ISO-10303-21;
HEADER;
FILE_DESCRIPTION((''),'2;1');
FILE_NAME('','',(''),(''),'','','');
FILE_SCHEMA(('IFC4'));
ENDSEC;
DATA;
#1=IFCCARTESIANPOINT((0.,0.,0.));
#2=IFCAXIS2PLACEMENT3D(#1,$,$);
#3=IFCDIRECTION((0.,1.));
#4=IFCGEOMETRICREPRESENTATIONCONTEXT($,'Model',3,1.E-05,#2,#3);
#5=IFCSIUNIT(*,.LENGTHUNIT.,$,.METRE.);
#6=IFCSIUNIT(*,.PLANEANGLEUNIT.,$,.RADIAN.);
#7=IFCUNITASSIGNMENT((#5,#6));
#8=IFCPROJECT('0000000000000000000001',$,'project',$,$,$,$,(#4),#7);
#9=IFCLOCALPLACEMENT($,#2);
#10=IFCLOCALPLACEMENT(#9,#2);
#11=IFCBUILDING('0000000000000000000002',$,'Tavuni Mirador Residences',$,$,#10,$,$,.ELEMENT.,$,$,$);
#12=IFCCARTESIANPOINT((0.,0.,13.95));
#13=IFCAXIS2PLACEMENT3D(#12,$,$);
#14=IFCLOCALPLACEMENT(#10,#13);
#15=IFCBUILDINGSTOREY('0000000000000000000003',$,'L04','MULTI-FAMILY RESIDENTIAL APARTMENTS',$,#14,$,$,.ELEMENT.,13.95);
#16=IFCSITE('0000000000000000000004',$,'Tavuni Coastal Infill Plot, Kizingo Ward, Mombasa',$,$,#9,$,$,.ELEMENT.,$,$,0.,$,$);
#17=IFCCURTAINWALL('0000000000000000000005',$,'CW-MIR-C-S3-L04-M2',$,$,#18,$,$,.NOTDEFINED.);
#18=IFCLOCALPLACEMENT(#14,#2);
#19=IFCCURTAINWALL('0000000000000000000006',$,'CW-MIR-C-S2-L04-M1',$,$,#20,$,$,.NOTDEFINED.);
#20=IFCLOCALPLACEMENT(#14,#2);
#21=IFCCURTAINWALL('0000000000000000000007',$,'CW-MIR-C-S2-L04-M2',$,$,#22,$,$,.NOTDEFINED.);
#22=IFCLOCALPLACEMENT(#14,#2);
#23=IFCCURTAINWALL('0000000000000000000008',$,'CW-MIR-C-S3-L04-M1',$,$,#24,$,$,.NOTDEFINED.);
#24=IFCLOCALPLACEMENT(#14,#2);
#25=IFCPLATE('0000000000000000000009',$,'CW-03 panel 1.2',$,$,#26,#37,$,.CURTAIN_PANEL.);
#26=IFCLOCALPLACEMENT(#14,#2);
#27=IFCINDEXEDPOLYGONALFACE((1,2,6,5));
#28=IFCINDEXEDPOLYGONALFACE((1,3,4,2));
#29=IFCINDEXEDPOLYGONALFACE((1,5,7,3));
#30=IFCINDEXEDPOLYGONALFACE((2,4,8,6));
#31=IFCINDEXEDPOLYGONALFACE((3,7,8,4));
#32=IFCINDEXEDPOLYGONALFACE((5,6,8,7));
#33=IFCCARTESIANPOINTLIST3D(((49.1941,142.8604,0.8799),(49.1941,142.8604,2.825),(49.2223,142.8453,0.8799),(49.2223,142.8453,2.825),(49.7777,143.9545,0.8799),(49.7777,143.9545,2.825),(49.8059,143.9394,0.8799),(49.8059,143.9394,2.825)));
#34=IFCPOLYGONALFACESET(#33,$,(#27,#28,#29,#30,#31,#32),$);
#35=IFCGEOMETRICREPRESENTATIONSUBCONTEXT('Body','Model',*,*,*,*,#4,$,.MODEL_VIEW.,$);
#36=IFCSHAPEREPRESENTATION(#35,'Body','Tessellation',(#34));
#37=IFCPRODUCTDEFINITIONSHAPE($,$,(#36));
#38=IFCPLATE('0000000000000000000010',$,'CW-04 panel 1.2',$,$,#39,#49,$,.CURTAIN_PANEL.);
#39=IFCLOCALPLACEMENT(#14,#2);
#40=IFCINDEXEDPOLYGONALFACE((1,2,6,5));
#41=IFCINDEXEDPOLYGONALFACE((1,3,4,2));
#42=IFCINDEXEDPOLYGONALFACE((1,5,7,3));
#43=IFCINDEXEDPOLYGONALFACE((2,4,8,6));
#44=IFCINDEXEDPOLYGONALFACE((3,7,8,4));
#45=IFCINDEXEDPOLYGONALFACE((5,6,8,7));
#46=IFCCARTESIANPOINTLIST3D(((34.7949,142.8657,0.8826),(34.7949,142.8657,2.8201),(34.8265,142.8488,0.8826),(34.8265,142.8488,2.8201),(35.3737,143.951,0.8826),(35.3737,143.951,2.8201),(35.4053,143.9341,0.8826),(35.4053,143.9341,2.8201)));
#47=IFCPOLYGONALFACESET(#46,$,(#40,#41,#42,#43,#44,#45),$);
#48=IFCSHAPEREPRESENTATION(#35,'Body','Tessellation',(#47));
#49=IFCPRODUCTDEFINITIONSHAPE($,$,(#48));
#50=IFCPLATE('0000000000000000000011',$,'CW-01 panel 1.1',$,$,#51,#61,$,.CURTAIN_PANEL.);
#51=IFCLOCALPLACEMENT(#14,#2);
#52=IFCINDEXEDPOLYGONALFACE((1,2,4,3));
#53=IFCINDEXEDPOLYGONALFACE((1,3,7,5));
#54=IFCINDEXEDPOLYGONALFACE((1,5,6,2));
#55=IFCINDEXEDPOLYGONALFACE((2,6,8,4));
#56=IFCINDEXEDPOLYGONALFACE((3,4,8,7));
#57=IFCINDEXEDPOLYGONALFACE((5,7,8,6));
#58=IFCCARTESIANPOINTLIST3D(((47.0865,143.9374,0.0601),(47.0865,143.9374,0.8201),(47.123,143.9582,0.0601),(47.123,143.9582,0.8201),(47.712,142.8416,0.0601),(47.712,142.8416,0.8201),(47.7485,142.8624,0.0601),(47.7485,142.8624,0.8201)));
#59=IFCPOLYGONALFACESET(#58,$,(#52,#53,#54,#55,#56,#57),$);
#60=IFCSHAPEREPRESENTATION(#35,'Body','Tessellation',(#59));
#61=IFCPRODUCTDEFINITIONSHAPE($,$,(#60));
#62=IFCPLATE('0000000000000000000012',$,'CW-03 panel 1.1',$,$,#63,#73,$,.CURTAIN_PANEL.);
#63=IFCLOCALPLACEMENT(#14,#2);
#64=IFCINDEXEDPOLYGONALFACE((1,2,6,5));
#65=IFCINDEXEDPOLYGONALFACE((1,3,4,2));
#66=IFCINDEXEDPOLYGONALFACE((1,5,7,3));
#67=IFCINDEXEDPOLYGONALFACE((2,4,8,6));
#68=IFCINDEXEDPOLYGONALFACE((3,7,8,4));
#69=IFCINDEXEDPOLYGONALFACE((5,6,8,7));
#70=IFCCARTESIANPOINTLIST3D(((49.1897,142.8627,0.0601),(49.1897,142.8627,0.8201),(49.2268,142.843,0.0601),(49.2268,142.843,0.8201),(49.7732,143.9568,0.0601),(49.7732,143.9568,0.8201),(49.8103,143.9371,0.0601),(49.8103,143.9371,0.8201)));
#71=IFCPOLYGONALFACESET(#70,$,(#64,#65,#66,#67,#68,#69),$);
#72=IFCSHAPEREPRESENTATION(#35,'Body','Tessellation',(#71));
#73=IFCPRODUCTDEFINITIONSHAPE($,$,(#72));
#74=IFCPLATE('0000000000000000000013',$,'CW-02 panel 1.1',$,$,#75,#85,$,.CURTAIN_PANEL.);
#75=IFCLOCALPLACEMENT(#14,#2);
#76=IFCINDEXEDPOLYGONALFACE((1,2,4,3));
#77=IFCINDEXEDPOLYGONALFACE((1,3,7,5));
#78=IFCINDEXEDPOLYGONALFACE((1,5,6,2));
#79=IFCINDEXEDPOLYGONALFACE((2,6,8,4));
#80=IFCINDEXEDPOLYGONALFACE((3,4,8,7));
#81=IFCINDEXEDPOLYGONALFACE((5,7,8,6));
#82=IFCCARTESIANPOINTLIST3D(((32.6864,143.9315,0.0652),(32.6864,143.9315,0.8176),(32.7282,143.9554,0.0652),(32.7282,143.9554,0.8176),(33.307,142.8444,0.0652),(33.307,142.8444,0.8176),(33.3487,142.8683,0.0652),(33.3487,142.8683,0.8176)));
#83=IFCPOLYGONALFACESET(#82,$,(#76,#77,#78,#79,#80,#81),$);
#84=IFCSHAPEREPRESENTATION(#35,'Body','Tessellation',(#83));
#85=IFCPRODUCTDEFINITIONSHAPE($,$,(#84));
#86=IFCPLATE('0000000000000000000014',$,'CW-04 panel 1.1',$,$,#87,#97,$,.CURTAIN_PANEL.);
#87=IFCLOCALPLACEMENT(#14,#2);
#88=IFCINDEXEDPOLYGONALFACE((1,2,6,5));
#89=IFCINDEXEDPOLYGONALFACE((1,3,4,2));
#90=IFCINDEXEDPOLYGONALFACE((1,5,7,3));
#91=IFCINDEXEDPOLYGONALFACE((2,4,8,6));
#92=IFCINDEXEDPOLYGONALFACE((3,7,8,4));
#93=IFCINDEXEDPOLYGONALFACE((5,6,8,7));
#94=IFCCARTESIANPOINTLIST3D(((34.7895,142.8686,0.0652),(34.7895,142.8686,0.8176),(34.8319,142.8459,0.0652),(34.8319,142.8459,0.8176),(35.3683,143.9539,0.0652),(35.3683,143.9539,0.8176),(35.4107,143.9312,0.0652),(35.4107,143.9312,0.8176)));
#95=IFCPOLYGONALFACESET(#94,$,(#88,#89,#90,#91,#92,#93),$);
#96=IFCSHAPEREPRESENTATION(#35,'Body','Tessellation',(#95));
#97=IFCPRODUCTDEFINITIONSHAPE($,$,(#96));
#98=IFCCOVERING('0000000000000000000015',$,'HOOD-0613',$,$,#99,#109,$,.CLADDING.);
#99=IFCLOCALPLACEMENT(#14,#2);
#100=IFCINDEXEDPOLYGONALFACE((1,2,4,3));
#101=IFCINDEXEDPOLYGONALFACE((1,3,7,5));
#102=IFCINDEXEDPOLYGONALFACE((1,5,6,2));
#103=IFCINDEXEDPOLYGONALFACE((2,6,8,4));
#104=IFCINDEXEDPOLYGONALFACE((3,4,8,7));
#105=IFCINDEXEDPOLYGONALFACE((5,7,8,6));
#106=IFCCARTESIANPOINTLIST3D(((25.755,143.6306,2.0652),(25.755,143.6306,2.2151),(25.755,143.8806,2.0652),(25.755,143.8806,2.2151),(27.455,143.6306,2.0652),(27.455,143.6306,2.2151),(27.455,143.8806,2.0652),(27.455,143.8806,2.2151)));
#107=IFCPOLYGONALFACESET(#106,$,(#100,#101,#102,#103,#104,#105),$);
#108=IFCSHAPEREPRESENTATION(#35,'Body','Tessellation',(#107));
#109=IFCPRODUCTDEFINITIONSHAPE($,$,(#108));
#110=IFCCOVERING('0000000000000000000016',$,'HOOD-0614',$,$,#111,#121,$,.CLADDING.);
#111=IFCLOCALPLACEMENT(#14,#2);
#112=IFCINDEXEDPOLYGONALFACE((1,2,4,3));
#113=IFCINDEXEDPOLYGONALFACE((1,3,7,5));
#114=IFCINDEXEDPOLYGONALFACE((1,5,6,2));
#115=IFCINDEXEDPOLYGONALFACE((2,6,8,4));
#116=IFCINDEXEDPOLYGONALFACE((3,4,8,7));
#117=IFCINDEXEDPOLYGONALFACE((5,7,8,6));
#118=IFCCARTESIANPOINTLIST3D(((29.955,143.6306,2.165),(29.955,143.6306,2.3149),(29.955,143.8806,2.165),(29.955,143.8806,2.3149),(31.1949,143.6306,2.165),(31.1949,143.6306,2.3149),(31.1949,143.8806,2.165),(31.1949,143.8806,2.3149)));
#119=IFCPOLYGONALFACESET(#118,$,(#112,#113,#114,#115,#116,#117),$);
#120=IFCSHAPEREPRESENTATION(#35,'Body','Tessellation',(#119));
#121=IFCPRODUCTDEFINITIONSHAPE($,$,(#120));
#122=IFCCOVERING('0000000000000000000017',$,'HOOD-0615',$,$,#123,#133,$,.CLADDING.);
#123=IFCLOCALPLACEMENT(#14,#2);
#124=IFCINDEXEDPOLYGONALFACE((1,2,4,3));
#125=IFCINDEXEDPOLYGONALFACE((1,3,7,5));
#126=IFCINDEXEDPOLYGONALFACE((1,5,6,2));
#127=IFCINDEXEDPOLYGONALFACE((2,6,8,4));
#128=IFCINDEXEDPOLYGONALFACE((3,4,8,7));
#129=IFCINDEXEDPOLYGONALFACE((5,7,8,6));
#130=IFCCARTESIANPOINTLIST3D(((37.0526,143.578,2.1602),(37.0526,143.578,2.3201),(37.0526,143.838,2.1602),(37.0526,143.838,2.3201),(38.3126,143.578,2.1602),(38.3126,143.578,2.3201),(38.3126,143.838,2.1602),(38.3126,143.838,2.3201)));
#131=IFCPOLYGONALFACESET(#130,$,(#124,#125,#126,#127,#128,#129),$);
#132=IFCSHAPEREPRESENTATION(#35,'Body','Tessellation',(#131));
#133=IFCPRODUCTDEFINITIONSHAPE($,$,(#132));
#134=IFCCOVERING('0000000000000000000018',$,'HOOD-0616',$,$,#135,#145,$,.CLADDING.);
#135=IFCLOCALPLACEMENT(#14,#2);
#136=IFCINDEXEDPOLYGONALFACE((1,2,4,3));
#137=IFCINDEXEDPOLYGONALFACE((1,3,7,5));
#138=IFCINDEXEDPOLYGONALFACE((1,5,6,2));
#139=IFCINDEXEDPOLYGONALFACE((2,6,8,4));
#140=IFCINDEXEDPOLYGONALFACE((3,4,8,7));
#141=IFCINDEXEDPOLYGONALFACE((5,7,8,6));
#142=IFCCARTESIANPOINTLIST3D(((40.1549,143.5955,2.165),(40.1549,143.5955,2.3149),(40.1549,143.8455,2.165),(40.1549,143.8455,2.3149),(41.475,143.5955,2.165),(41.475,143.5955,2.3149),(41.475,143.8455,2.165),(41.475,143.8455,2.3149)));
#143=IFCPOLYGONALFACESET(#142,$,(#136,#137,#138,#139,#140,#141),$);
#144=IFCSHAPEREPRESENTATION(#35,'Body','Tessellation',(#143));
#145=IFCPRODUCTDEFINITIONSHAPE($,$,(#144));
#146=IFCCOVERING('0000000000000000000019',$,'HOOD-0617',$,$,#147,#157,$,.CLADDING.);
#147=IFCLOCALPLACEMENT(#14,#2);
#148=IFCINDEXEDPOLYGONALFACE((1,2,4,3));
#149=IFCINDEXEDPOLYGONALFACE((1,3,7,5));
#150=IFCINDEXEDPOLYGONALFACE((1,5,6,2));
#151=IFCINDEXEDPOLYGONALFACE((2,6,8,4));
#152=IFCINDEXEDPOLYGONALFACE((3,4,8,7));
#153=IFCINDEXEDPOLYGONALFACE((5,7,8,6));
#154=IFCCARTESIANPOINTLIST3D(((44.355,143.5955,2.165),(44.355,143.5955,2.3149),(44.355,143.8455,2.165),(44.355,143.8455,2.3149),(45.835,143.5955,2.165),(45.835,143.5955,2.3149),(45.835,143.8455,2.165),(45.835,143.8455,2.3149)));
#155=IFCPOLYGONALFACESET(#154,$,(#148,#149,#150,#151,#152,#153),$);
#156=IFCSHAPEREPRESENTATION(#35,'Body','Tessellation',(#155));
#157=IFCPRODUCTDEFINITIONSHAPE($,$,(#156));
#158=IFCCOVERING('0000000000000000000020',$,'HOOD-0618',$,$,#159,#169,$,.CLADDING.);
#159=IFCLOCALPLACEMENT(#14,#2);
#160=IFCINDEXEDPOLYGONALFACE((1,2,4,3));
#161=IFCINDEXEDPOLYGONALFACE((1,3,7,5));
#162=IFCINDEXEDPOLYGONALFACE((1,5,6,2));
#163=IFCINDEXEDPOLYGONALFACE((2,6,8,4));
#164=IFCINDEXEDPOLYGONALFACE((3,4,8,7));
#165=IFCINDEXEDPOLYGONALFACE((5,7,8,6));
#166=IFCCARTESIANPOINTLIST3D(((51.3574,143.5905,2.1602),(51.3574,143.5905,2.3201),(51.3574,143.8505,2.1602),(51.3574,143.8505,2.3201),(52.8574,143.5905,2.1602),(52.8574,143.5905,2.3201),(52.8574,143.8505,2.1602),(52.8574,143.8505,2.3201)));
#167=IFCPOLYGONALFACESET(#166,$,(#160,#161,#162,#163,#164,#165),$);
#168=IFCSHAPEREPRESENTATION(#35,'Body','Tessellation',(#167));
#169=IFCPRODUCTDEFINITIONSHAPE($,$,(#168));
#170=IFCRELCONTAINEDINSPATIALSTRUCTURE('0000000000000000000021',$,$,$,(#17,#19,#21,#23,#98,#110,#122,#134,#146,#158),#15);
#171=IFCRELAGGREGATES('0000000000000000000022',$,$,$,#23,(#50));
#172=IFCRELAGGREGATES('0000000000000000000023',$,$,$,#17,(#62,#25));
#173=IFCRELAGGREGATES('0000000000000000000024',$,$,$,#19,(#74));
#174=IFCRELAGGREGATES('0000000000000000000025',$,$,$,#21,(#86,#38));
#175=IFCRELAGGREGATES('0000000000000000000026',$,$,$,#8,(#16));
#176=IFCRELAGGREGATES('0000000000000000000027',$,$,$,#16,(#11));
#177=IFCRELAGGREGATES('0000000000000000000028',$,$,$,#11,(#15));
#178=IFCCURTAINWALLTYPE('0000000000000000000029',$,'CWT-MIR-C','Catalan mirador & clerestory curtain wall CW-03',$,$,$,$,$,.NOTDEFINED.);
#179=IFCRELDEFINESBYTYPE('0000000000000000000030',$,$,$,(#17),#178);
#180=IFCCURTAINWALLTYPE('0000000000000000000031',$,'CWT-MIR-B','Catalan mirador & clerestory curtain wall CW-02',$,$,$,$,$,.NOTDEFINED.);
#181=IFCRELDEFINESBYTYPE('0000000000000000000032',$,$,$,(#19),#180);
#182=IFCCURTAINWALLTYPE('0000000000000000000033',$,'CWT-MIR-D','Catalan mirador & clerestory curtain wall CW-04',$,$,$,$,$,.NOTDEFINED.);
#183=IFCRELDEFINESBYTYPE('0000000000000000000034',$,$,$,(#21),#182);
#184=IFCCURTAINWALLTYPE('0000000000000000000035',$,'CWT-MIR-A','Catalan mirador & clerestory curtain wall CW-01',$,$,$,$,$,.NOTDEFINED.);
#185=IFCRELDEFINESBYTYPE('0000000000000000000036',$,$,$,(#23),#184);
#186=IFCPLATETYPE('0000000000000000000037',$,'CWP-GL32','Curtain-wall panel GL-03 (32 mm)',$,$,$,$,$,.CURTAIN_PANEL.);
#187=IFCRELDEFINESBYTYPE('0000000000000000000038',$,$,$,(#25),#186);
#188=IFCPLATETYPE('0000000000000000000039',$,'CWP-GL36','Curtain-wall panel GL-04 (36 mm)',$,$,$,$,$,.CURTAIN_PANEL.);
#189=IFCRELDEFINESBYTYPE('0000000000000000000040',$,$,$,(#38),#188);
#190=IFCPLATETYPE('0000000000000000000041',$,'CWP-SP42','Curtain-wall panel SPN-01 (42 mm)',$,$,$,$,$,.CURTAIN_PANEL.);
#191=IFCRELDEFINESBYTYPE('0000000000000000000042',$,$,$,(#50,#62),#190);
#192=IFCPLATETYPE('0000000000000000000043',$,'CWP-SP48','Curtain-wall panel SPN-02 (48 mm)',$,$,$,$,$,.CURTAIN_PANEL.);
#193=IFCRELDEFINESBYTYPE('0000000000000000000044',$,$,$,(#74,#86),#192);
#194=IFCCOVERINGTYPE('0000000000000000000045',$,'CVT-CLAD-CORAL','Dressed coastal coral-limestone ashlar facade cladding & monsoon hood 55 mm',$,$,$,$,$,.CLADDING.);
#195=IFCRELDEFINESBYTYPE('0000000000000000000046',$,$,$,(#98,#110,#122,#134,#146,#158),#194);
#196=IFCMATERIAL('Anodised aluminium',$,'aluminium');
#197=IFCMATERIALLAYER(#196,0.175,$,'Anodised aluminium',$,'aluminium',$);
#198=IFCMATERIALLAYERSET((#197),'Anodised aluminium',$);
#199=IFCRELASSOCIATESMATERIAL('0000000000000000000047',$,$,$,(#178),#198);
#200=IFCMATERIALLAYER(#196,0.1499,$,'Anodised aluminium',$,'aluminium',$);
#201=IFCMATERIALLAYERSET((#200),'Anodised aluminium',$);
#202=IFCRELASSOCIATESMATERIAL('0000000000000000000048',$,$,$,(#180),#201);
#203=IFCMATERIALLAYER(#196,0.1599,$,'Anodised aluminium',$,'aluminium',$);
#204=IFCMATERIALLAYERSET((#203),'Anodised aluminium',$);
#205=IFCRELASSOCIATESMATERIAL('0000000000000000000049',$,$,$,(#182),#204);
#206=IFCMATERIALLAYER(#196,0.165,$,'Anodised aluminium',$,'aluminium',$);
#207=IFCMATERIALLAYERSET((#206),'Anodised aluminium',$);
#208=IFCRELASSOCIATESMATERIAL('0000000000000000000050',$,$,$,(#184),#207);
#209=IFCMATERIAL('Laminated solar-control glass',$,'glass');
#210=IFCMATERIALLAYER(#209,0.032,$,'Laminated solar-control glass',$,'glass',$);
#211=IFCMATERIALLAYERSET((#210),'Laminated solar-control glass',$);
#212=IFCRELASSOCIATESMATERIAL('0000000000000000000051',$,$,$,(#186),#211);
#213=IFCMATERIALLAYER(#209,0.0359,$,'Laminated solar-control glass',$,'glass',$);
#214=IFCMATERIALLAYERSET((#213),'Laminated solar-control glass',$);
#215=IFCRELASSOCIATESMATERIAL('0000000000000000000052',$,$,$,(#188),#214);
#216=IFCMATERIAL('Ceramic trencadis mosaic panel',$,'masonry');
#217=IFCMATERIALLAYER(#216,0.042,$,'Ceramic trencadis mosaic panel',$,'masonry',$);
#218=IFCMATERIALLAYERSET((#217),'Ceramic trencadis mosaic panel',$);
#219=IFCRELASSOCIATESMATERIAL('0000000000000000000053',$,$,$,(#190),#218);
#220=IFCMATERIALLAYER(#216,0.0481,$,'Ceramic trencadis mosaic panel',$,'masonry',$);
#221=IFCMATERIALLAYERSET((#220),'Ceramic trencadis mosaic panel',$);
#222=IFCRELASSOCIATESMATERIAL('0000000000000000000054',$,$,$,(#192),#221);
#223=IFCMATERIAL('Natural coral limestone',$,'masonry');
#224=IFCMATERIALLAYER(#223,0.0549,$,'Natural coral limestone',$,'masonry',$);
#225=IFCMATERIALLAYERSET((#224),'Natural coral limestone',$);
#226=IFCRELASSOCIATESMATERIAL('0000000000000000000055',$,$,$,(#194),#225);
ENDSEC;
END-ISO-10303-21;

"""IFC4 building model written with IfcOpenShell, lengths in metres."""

from ifc_helpers import new_model, si_unit, direction, frame, origin, origin_2d, place, context, subcontext, project, spatial, rectangle, extrude, material, layer, layer_set, type_object, element, aggregate, save


model = new_model("IFC4")

# Units and contexts
model_context = context("Model", 3, precision=1e-05, world=origin(), true_north=direction((0.0, 1.0)))
body_context = subcontext(model_context, "Body", "Model", "MODEL_VIEW")
ifc_project = project(units=[si_unit("LENGTHUNIT", "METRE"), si_unit("PLANEANGLEUNIT", "RADIAN")], contexts=[model_context])

# Site, building, storey
site_placement = place(None, origin())
site = spatial("IfcSite", under=ifc_project, at=site_placement, Name="Tavuni Coastal Infill Plot, Kizingo Ward, Mombasa", CompositionType="ELEMENT", RefElevation=0.0)
building_placement = place(site_placement, origin())
building = spatial("IfcBuilding", under=site, at=building_placement, Name="Tavuni Mirador Residences", CompositionType="ELEMENT")
storey_placement = place(building_placement, frame((0.0, 0.0, 13.95)))
storey = spatial("IfcBuildingStorey", under=building, at=storey_placement, Name="L04", Description="MULTI-FAMILY RESIDENTIAL APARTMENTS", CompositionType="ELEMENT", Elevation=13.95)

# Curtain walls
ifc_material_1 = material(Name="Anodised aluminium", Category="aluminium")
ifc_layer_1 = layer(ifc_material_1, 0.175, Name="Anodised aluminium", Category="aluminium")
ifc_layer_set_1 = layer_set([ifc_layer_1], Name="Anodised aluminium")
curtain_wall_type_1 = type_object("IfcCurtainWallType", Name="CWT-MIR-C", Description="Catalan mirador & clerestory curtain wall CW-03", PredefinedType="NOTDEFINED", material=ifc_layer_set_1)
curtain_wall_1_placement = place(storey_placement, origin())
curtain_wall_1 = element("IfcCurtainWall", 1, at=curtain_wall_1_placement, inside=storey, type_object=curtain_wall_type_1, Name="CW-MIR-C-S3-L04-M2", PredefinedType="NOTDEFINED")
ifc_layer_2 = layer(ifc_material_1, 0.1499, Name="Anodised aluminium", Category="aluminium")
ifc_layer_set_2 = layer_set([ifc_layer_2], Name="Anodised aluminium")
curtain_wall_type_2 = type_object("IfcCurtainWallType", Name="CWT-MIR-B", Description="Catalan mirador & clerestory curtain wall CW-02", PredefinedType="NOTDEFINED", material=ifc_layer_set_2)
curtain_wall_2_placement = place(storey_placement, origin())
curtain_wall_2 = element("IfcCurtainWall", 2, at=curtain_wall_2_placement, inside=storey, type_object=curtain_wall_type_2, Name="CW-MIR-C-S2-L04-M1", PredefinedType="NOTDEFINED")
ifc_layer_3 = layer(ifc_material_1, 0.1599, Name="Anodised aluminium", Category="aluminium")
ifc_layer_set_3 = layer_set([ifc_layer_3], Name="Anodised aluminium")
curtain_wall_type_3 = type_object("IfcCurtainWallType", Name="CWT-MIR-D", Description="Catalan mirador & clerestory curtain wall CW-04", PredefinedType="NOTDEFINED", material=ifc_layer_set_3)
curtain_wall_3_placement = place(storey_placement, origin())
curtain_wall_3 = element("IfcCurtainWall", 3, at=curtain_wall_3_placement, inside=storey, type_object=curtain_wall_type_3, Name="CW-MIR-C-S2-L04-M2", PredefinedType="NOTDEFINED")

# Curtain wall
ifc_layer_4 = layer(ifc_material_1, 0.165, Name="Anodised aluminium", Category="aluminium")
ifc_layer_set_4 = layer_set([ifc_layer_4], Name="Anodised aluminium")
curtain_wall_type_4 = type_object("IfcCurtainWallType", Name="CWT-MIR-A", Description="Catalan mirador & clerestory curtain wall CW-01", PredefinedType="NOTDEFINED", material=ifc_layer_set_4)
curtain_wall_4_placement = place(storey_placement, origin())
curtain_wall_4 = element("IfcCurtainWall", 4, at=curtain_wall_4_placement, inside=storey, type_object=curtain_wall_type_4, Name="CW-MIR-C-S3-L04-M1", PredefinedType="NOTDEFINED")
ifc_material_2 = material(Name="Laminated solar-control glass", Category="glass")

# Plates
ifc_layer_5 = layer(ifc_material_2, 0.032, Name="Laminated solar-control glass", Category="glass")
ifc_layer_set_5 = layer_set([ifc_layer_5], Name="Laminated solar-control glass")
plate_type_1 = type_object("IfcPlateType", Name="CWP-GL32", Description="Curtain-wall panel GL-03 (32 mm)", PredefinedType="CURTAIN_PANEL", material=ifc_layer_set_5)
plate_1_placement = place(storey_placement, frame((49.5, 143.3999, 0.8799), z_axis=(0.0, 0.0, 1.0), x_axis=(0.470588, 0.882353, 0.0)))
plate_1 = element("IfcPlate", 5, at=plate_1_placement, type_object=plate_type_1, Name="CW-03 panel 1.2", PredefinedType="CURTAIN_PANEL", context=body_context, shape_type="SweptSolid", body=[
    extrude(rectangle(XDim=1.24, YDim=0.032, at=origin_2d()), origin(), (0.0, 0.0, 1.0), 1.9451),
])
ifc_layer_6 = layer(ifc_material_2, 0.0359, Name="Laminated solar-control glass", Category="glass")
ifc_layer_set_6 = layer_set([ifc_layer_6], Name="Laminated solar-control glass")
plate_type_2 = type_object("IfcPlateType", Name="CWP-GL36", Description="Curtain-wall panel GL-04 (36 mm)", PredefinedType="CURTAIN_PANEL", material=ifc_layer_set_6)
plate_2_placement = place(storey_placement, frame((35.1001, 143.3999, 0.8826), z_axis=(0.0, 0.0, 1.0), x_axis=(0.470588, 0.882353, 0.0)))
plate_2 = element("IfcPlate", 6, at=plate_2_placement, type_object=plate_type_2, Name="CW-04 panel 1.2", PredefinedType="CURTAIN_PANEL", context=body_context, shape_type="SweptSolid", body=[
    extrude(rectangle(XDim=1.23, YDim=0.0359, at=origin_2d()), origin(), (0.0, 0.0, 1.0), 1.9375),
])
ifc_material_3 = material(Name="Ceramic trencadis mosaic panel", Category="masonry")
ifc_layer_7 = layer(ifc_material_3, 0.042, Name="Ceramic trencadis mosaic panel", Category="masonry")
ifc_layer_set_7 = layer_set([ifc_layer_7], Name="Ceramic trencadis mosaic panel")
plate_type_3 = type_object("IfcPlateType", Name="CWP-SP42", Description="Curtain-wall panel SPN-01 (42 mm)", PredefinedType="CURTAIN_PANEL", material=ifc_layer_set_7)
plate_3_placement = place(storey_placement, frame((47.4175, 143.3999, 0.0601), z_axis=(0.0, 0.0, 1.0), x_axis=(0.495749, -0.868466, 0.0)))
plate_3 = element("IfcPlate", 7, at=plate_3_placement, type_object=plate_type_3, Name="CW-01 panel 1.1", PredefinedType="CURTAIN_PANEL", context=body_context, shape_type="SweptSolid", body=[
    extrude(rectangle(XDim=1.2617, YDim=0.042, at=origin_2d()), origin(), (0.0, 0.0, 1.0), 0.76),
])
aggregate(curtain_wall_4, [plate_3])
plate_4_placement = place(storey_placement, frame((49.5, 143.3999, 0.0601), z_axis=(0.0, 0.0, 1.0), x_axis=(0.470588, 0.882353, 0.0)))
plate_4 = element("IfcPlate", 8, at=plate_4_placement, type_object=plate_type_3, Name="CW-03 panel 1.1", PredefinedType="CURTAIN_PANEL", context=body_context, shape_type="SweptSolid", body=[
    extrude(rectangle(XDim=1.24, YDim=0.042, at=origin_2d()), origin(), (0.0, 0.0, 1.0), 0.76),
])
aggregate(curtain_wall_1, [plate_4, plate_1])
ifc_layer_8 = layer(ifc_material_3, 0.0481, Name="Ceramic trencadis mosaic panel", Category="masonry")
ifc_layer_set_8 = layer_set([ifc_layer_8], Name="Ceramic trencadis mosaic panel")
plate_type_4 = type_object("IfcPlateType", Name="CWP-SP48", Description="Curtain-wall panel SPN-02 (48 mm)", PredefinedType="CURTAIN_PANEL", material=ifc_layer_set_8)
plate_5_placement = place(storey_placement, frame((33.0176, 143.3999, 0.0652), z_axis=(0.0, 0.0, 1.0), x_axis=(0.495749, -0.868466, 0.0)))
plate_5 = element("IfcPlate", 9, at=plate_5_placement, type_object=plate_type_4, Name="CW-02 panel 1.1", PredefinedType="CURTAIN_PANEL", context=body_context, shape_type="SweptSolid", body=[
    extrude(rectangle(XDim=1.2517, YDim=0.0481, at=origin_2d()), origin(), (0.0, 0.0, 1.0), 0.7524),
])
aggregate(curtain_wall_2, [plate_5])
plate_6_placement = place(storey_placement, frame((35.1001, 143.3999, 0.0652), z_axis=(0.0, 0.0, 1.0), x_axis=(0.470588, 0.882353, 0.0)))
plate_6 = element("IfcPlate", 10, at=plate_6_placement, type_object=plate_type_4, Name="CW-04 panel 1.1", PredefinedType="CURTAIN_PANEL", context=body_context, shape_type="SweptSolid", body=[
    extrude(rectangle(XDim=1.23, YDim=0.0481, at=origin_2d()), origin(), (0.0, 0.0, 1.0), 0.7524),
])
aggregate(curtain_wall_3, [plate_6, plate_2])

# Coverings
ifc_material_4 = material(Name="Natural coral limestone", Category="masonry")
ifc_layer_9 = layer(ifc_material_4, 0.0549, Name="Natural coral limestone", Category="masonry")
ifc_layer_set_9 = layer_set([ifc_layer_9], Name="Natural coral limestone")
covering_type = type_object("IfcCoveringType", Name="CVT-CLAD-CORAL", Description="Dressed coastal coral-limestone ashlar facade cladding & monsoon hood 55 mm", PredefinedType="CLADDING", material=ifc_layer_set_9)
covering_1_placement = place(storey_placement, frame((26.605, 143.7556, 2.0652), z_axis=(0.0, 0.0, 1.0), x_axis=(1.0, 0.0, 0.0)))
element("IfcCovering", 11, at=covering_1_placement, inside=storey, type_object=covering_type, Name="HOOD-0613", PredefinedType="CLADDING", context=body_context, shape_type="SweptSolid", body=[
    extrude(rectangle(XDim=1.7, YDim=0.25, at=origin_2d()), origin(), (0.0, 0.0, 1.0), 0.1499),
])
covering_2_placement = place(storey_placement, frame((30.575, 143.7556, 2.165), z_axis=(0.0, 0.0, 1.0), x_axis=(1.0, 0.0, 0.0)))
element("IfcCovering", 12, at=covering_2_placement, inside=storey, type_object=covering_type, Name="HOOD-0614", PredefinedType="CLADDING", context=body_context, shape_type="SweptSolid", body=[
    extrude(rectangle(XDim=1.24, YDim=0.25, at=origin_2d()), origin(), (0.0, 0.0, 1.0), 0.1499),
])
covering_3_placement = place(storey_placement, frame((37.6826, 143.708, 2.1602), z_axis=(0.0, 0.0, 1.0), x_axis=(1.0, 0.0, 0.0)))
element("IfcCovering", 13, at=covering_3_placement, inside=storey, type_object=covering_type, Name="HOOD-0615", PredefinedType="CLADDING", context=body_context, shape_type="SweptSolid", body=[
    extrude(rectangle(XDim=1.26, YDim=0.26, at=origin_2d()), origin(), (0.0, 0.0, 1.0), 0.1599),
])
covering_4_placement = place(storey_placement, frame((40.8149, 143.7205, 2.165), z_axis=(0.0, 0.0, 1.0), x_axis=(1.0, 0.0, 0.0)))
element("IfcCovering", 14, at=covering_4_placement, inside=storey, type_object=covering_type, Name="HOOD-0616", PredefinedType="CLADDING", context=body_context, shape_type="SweptSolid", body=[
    extrude(rectangle(XDim=1.3201, YDim=0.25, at=origin_2d()), origin(), (0.0, 0.0, 1.0), 0.1499),
])
covering_5_placement = place(storey_placement, frame((45.095, 143.7205, 2.165), z_axis=(0.0, 0.0, 1.0), x_axis=(1.0, 0.0, 0.0)))
element("IfcCovering", 15, at=covering_5_placement, inside=storey, type_object=covering_type, Name="HOOD-0617", PredefinedType="CLADDING", context=body_context, shape_type="SweptSolid", body=[
    extrude(rectangle(XDim=1.48, YDim=0.25, at=origin_2d()), origin(), (0.0, 0.0, 1.0), 0.1499),
])
covering_6_placement = place(storey_placement, frame((52.1074, 143.7205, 2.1602), z_axis=(0.0, 0.0, 1.0), x_axis=(1.0, 0.0, 0.0)))
element("IfcCovering", 16, at=covering_6_placement, inside=storey, type_object=covering_type, Name="HOOD-0618", PredefinedType="CLADDING", context=body_context, shape_type="SweptSolid", body=[
    extrude(rectangle(XDim=1.5, YDim=0.26, at=origin_2d()), origin(), (0.0, 0.0, 1.0), 0.1599),
])

save(model, "model.ifc")
